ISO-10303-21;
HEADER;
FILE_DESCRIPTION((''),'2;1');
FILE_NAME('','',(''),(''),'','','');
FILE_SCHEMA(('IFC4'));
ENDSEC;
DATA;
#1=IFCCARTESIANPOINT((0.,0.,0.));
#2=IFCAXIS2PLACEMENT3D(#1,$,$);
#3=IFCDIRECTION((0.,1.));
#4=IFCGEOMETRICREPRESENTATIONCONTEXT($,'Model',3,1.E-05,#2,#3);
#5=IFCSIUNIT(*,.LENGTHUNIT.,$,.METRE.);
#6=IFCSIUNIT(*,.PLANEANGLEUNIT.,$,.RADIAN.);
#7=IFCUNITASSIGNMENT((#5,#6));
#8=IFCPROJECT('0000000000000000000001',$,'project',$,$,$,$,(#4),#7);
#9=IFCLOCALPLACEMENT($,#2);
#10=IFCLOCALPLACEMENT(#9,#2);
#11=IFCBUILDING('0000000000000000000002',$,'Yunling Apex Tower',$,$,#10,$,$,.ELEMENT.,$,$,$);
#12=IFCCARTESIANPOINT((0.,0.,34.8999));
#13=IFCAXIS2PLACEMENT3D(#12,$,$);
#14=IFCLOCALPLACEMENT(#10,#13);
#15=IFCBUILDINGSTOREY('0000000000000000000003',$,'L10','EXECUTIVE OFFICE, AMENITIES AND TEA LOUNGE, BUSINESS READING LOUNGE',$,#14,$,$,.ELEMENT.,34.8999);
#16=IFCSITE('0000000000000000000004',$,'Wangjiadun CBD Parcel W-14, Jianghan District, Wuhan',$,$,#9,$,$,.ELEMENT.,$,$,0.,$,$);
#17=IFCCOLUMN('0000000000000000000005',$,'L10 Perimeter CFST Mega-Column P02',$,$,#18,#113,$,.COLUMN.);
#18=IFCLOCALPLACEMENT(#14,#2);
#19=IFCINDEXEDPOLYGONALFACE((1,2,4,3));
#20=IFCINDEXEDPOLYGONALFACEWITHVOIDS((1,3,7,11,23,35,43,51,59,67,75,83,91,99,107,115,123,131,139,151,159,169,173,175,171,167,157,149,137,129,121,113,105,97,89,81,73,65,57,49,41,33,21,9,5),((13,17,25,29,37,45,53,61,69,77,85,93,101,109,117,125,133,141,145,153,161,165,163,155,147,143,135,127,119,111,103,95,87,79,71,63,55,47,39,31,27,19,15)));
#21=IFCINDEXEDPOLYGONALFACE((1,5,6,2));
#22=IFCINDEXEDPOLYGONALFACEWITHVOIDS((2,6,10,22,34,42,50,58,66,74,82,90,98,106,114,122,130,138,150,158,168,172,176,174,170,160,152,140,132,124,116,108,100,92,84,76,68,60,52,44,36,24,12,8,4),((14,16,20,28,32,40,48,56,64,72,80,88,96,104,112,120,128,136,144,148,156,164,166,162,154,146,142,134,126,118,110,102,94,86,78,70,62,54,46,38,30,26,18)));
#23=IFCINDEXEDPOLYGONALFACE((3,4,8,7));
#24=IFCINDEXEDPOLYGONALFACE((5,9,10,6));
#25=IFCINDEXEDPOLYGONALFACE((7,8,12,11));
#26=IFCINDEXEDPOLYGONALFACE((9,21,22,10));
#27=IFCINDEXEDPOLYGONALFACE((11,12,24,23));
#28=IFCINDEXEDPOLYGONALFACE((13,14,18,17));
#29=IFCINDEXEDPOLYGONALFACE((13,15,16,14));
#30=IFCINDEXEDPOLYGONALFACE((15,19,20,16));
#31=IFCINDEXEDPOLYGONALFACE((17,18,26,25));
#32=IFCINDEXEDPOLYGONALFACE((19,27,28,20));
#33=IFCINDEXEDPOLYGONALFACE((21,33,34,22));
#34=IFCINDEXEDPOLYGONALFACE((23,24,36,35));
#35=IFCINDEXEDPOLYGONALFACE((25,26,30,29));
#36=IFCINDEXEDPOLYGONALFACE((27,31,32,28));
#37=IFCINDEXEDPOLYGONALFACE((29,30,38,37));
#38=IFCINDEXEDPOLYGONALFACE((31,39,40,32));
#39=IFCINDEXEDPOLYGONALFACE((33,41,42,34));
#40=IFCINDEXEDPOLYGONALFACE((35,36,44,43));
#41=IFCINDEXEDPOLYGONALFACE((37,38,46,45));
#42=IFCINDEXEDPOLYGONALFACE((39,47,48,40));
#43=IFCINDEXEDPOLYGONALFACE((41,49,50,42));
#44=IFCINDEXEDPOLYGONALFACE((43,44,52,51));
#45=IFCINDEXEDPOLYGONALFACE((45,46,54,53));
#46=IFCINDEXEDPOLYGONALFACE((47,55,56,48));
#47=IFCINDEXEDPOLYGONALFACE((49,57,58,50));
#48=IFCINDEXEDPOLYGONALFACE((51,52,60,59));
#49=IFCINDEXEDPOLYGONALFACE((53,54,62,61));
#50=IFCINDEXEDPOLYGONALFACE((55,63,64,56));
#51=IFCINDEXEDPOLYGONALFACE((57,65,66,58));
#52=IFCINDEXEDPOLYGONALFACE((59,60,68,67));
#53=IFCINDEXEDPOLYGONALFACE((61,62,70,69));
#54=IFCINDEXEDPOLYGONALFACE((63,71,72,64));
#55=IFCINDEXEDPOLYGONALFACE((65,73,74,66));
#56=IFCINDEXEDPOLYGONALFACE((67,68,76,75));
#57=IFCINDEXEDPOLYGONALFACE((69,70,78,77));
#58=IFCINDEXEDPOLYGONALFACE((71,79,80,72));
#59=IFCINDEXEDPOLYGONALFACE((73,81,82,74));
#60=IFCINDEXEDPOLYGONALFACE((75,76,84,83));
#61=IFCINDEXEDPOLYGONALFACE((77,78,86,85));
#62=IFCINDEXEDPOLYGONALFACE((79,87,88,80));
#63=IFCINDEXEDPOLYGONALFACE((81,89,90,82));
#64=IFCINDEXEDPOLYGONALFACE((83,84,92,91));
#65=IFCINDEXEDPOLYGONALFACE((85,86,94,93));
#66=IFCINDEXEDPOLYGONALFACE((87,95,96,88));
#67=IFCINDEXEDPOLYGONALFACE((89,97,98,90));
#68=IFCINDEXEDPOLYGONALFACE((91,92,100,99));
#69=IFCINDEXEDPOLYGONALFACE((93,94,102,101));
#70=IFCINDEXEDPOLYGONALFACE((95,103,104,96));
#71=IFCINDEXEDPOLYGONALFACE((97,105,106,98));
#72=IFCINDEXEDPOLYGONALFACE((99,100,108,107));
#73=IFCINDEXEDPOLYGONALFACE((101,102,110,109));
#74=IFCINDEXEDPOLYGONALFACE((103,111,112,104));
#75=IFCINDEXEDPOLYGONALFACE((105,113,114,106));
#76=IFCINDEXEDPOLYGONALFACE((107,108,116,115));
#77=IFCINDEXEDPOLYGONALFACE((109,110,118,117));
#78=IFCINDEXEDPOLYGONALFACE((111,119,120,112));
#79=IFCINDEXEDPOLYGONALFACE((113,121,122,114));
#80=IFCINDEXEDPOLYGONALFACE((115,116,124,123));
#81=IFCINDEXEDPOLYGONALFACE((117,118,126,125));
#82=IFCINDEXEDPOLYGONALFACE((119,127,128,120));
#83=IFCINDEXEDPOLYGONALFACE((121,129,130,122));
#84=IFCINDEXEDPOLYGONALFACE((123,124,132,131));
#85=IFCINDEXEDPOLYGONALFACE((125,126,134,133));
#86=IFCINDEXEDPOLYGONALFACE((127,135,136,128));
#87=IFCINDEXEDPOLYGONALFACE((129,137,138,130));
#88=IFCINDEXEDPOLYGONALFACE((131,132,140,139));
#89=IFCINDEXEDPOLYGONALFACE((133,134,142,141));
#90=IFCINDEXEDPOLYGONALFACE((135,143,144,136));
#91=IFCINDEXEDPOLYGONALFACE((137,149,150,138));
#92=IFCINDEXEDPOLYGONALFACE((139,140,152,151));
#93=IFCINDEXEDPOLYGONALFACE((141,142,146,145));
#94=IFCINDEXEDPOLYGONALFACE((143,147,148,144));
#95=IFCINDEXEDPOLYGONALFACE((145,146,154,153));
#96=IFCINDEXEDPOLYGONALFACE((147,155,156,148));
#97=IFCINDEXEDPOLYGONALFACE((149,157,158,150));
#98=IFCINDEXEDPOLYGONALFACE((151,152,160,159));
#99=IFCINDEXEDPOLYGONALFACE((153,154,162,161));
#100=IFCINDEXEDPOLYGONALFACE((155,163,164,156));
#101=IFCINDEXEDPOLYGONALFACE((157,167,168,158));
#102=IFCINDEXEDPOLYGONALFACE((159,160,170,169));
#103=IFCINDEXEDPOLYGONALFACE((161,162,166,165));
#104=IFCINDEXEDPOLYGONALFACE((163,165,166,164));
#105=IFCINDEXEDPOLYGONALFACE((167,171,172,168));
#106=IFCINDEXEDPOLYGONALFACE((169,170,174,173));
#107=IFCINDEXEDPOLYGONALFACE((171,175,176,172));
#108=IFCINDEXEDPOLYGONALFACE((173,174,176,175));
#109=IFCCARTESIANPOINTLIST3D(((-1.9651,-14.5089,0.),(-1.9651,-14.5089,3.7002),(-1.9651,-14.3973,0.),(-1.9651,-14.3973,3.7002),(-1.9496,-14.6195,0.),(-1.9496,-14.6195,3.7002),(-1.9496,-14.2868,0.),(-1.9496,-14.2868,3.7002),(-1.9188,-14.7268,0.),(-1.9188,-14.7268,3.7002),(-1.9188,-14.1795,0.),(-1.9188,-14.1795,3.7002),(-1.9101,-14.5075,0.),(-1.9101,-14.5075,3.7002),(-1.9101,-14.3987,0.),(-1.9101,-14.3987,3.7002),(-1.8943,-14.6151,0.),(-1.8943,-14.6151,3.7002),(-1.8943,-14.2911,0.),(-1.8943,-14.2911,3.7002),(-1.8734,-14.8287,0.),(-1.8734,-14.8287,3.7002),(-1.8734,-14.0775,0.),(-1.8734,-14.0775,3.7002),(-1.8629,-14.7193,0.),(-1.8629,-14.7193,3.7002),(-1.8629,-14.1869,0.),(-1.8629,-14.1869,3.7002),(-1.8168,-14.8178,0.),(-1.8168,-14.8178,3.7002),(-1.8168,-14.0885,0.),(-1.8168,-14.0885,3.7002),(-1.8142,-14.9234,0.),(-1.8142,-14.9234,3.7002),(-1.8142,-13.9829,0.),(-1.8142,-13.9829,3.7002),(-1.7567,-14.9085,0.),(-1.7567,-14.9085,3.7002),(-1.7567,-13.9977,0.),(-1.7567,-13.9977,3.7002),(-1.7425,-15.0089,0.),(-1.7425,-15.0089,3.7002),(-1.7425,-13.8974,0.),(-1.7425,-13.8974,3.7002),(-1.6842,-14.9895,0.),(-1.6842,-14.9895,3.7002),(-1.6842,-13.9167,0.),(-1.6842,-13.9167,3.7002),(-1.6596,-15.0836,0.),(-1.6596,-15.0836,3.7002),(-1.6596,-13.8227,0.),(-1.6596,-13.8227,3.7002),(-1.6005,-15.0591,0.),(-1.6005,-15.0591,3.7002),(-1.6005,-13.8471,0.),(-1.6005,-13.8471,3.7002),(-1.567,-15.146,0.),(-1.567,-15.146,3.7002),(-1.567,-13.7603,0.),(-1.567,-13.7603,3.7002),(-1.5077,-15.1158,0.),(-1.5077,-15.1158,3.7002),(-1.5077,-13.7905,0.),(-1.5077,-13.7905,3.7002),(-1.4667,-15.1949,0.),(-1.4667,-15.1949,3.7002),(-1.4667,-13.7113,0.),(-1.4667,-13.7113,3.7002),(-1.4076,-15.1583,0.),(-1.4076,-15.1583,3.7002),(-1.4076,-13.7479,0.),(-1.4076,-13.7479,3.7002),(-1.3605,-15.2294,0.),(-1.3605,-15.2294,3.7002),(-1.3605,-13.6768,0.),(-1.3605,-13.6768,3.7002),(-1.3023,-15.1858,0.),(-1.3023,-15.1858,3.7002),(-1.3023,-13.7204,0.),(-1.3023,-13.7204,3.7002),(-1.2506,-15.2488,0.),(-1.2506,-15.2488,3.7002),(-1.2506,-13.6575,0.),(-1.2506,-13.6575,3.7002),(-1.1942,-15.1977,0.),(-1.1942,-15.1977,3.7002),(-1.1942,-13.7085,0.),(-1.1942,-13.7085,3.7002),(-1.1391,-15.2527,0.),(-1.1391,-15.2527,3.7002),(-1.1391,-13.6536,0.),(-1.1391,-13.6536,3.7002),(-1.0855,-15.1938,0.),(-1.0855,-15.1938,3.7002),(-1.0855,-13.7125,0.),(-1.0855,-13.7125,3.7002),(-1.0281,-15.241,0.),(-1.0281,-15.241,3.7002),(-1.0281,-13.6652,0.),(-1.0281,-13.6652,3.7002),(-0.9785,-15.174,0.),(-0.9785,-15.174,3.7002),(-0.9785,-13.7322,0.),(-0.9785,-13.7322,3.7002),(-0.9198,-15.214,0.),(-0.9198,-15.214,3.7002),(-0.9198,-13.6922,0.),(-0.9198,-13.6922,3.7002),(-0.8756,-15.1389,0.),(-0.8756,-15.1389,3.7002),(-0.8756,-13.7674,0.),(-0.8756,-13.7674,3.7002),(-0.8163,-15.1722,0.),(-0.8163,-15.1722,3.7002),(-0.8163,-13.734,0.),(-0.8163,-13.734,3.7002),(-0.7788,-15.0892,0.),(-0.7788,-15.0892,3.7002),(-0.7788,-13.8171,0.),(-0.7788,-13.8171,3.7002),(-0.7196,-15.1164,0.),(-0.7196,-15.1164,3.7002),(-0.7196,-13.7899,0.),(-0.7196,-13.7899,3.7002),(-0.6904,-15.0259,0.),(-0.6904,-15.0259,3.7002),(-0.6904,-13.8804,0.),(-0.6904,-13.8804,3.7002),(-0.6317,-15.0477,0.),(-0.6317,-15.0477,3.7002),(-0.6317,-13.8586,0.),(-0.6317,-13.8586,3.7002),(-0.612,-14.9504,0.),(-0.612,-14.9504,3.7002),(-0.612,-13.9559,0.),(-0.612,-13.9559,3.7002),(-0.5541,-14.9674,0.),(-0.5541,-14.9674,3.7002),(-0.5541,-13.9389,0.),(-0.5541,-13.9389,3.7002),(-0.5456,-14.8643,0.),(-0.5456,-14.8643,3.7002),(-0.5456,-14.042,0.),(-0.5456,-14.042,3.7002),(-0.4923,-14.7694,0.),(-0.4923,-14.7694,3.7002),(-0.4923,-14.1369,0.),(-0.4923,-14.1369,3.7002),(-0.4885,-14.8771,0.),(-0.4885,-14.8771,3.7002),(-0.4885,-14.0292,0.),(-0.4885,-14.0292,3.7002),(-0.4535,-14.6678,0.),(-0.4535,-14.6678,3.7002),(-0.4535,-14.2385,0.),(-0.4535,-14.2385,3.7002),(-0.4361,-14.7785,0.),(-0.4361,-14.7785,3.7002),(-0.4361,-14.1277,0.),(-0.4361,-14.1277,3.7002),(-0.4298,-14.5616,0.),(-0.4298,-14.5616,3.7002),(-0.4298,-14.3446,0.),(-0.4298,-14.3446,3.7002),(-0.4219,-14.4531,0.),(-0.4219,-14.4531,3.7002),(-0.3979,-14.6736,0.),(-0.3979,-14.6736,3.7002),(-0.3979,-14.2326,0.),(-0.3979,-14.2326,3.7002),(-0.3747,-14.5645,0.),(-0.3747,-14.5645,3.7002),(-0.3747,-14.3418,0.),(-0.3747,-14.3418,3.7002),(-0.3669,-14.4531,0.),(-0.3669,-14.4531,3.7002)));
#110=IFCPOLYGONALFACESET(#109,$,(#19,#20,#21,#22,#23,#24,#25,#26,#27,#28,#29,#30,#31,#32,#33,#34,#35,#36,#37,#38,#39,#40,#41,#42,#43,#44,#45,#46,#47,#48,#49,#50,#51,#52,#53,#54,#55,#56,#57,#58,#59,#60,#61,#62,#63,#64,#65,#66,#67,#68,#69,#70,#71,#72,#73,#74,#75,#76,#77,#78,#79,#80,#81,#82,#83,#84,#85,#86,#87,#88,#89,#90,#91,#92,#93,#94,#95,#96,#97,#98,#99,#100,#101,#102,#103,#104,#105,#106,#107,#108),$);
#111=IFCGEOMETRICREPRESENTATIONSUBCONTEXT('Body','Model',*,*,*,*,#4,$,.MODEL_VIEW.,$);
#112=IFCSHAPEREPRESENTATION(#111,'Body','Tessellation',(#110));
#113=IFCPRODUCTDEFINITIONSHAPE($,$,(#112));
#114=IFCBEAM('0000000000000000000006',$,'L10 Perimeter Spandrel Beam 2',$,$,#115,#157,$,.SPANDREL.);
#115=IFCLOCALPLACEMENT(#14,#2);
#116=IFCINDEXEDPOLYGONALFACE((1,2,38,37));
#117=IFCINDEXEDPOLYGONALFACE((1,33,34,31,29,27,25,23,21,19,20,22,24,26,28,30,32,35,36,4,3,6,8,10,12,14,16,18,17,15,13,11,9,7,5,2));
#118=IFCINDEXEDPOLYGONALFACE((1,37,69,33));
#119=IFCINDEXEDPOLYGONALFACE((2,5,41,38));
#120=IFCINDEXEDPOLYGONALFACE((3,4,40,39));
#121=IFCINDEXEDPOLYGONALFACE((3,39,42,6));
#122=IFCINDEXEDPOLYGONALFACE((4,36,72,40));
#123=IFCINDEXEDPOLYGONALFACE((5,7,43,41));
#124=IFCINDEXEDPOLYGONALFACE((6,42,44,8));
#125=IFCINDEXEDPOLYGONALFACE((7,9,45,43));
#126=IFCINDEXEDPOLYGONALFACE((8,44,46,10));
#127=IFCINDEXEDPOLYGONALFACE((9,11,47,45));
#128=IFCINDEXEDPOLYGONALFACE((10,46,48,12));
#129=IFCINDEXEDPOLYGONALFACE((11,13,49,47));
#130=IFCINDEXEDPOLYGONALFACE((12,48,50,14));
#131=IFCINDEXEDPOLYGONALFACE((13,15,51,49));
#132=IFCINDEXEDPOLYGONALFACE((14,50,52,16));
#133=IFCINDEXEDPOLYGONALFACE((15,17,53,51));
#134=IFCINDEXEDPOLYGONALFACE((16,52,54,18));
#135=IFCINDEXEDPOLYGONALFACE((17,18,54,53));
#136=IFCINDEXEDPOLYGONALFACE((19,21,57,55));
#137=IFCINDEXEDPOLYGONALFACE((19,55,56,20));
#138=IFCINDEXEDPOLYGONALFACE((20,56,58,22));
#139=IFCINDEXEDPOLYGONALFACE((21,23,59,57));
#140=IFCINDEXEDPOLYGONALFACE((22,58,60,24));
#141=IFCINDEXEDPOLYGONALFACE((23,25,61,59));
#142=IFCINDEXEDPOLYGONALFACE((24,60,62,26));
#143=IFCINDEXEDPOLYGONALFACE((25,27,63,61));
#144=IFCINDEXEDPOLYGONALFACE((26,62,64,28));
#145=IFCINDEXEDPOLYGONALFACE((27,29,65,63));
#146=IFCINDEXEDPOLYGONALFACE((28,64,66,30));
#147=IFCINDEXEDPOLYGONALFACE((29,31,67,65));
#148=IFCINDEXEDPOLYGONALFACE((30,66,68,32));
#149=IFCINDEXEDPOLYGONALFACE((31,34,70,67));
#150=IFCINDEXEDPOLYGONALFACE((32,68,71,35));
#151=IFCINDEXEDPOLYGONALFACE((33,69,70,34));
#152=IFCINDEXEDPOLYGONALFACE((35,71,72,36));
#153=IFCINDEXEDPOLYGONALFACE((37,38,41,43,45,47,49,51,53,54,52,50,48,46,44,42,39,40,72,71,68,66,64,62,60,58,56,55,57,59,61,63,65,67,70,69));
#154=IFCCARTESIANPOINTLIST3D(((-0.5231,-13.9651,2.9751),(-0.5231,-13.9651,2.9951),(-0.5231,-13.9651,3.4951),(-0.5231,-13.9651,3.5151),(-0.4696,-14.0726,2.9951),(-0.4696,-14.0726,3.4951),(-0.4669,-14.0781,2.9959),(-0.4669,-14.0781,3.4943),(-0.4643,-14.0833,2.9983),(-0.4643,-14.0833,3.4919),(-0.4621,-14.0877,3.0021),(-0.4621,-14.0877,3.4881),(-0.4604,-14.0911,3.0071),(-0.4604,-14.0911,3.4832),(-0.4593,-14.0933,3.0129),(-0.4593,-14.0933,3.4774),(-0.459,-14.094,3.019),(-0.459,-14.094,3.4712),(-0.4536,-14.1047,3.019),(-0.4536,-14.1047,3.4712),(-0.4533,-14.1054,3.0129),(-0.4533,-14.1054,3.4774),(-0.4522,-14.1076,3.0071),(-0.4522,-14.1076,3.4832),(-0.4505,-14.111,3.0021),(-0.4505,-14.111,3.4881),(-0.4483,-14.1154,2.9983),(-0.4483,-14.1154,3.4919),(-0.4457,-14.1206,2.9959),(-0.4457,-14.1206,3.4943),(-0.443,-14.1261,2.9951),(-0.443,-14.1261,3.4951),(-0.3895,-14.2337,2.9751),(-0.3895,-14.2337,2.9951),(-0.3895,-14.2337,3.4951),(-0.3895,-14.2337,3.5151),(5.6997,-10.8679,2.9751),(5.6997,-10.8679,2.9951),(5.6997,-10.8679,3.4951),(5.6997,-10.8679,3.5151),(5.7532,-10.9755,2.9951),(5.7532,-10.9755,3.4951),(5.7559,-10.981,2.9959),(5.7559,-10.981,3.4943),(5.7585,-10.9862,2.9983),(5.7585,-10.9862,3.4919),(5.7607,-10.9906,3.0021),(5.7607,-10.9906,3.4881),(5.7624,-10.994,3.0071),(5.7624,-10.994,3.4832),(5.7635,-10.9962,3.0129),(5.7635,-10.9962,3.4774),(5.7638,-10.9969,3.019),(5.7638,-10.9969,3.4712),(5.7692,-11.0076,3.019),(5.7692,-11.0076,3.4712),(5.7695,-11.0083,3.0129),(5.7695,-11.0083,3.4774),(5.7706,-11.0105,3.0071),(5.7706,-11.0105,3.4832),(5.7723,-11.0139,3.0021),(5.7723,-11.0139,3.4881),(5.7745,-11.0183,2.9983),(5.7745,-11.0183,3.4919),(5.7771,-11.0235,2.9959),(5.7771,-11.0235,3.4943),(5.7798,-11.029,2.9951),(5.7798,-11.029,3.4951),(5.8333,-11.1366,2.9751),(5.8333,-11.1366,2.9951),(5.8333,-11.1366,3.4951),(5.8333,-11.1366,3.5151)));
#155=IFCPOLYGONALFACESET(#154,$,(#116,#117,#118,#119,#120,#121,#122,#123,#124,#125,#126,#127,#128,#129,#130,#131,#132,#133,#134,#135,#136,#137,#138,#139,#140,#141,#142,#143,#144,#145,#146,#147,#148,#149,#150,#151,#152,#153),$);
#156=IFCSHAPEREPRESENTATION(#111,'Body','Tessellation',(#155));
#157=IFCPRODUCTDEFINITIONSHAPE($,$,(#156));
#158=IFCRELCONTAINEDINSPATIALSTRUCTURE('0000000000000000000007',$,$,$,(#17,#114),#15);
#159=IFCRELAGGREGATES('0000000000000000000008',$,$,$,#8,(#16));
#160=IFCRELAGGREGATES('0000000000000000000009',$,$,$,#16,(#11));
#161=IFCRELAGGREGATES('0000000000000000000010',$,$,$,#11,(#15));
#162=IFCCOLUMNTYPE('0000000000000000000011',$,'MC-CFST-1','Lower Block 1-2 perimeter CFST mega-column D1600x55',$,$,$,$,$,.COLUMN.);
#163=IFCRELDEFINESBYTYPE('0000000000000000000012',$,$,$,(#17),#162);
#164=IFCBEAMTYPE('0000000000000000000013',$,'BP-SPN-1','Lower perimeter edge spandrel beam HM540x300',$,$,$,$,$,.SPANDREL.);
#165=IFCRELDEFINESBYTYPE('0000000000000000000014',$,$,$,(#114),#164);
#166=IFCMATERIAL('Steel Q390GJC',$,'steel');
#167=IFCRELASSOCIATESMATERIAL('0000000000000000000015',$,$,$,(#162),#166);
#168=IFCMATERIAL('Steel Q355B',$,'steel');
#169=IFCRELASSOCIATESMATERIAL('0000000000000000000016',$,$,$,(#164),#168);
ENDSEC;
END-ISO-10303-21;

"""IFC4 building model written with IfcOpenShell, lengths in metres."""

from ifc_helpers import new_model, si_unit, direction, frame, origin, origin_2d, place, context, subcontext, project, spatial, hollow_circle, i_section, extrude, source, transform, mapped, material, material_profile, profile_set, type_object, element, save


model = new_model("IFC4")

# Units and contexts
model_context = context("Model", 3, precision=1e-05, world=origin(), true_north=direction((0.0, 1.0)))
body_context = subcontext(model_context, "Body", "Model", "MODEL_VIEW")
ifc_project = project(units=[si_unit("LENGTHUNIT", "METRE"), si_unit("PLANEANGLEUNIT", "RADIAN")], contexts=[model_context])

# Site, building, storey
site_placement = place(None, origin())
site = spatial("IfcSite", under=ifc_project, at=site_placement, Name="Wangjiadun CBD Parcel W-14, Jianghan District, Wuhan", CompositionType="ELEMENT", RefElevation=0.0)
building_placement = place(site_placement, origin())
building = spatial("IfcBuilding", under=site, at=building_placement, Name="Yunling Apex Tower", CompositionType="ELEMENT")
storey_placement = place(building_placement, frame((0.0, 0.0, 34.8999)))
storey = spatial("IfcBuildingStorey", under=building, at=storey_placement, Name="L10", Description="EXECUTIVE OFFICE, AMENITIES AND TEA LOUNGE, BUSINESS READING LOUNGE", CompositionType="ELEMENT", Elevation=34.8999)

# Column
ifc_material_1 = material(Name="Steel Q390GJC", Category="steel")
ifc_material_profile_1 = material_profile(ifc_material_1, hollow_circle(Radius=0.8, WallThickness=0.0549, at=origin_2d()))
ifc_profile_set_1 = profile_set([ifc_material_profile_1], Name="Steel Q390GJC")
column_type = type_object("IfcColumnType", Name="MC-CFST-1", Description="Lower Block 1-2 perimeter CFST mega-column D1600x55", PredefinedType="COLUMN", material=ifc_profile_set_1)
shared_shape_1 = source(origin(), body_context, "Body", "SweptSolid", [
    extrude(hollow_circle(Radius=0.8, WallThickness=0.0549, at=origin_2d()), origin(), (0.0, 0.0, 1.0), 3.7002),
])
column_placement = place(storey_placement, frame((-1.167, -14.4531, 0.0), z_axis=(0.0, 0.0, 1.0), x_axis=(1.0, 0.0, 0.0)))
element("IfcColumn", 1, at=column_placement, inside=storey, type_object=column_type, Name="L10 Perimeter CFST Mega-Column P02", PredefinedType="COLUMN", context=body_context, shape_type="MappedRepresentation", body=[
    mapped(shared_shape_1, transform((0.0, 0.0, 0.0), scale=1.0)),
])

# Beam
ifc_material_2 = material(Name="Steel Q355B", Category="steel")
ifc_material_profile_2 = material_profile(ifc_material_2, i_section(OverallWidth=0.3, OverallDepth=0.54, WebThickness=0.012, FlangeThickness=0.02, FilletRadius=0.0239, at=origin_2d()))
ifc_profile_set_2 = profile_set([ifc_material_profile_2], Name="Steel Q355B")
beam_type_1 = type_object("IfcBeamType", Name="BP-SPN-1", Description="Lower perimeter edge spandrel beam HM540x300", PredefinedType="SPANDREL", material=ifc_profile_set_2)
shared_shape_2 = source(origin(), body_context, "Body", "SweptSolid", [
    extrude(i_section(OverallWidth=0.3, OverallDepth=0.54, WebThickness=0.012, FlangeThickness=0.02, FilletRadius=0.0239, at=origin_2d()), origin(), (0.0, 0.0, 1.0), 6.9509),
])
beam_1_placement = place(storey_placement, frame((-0.4563, -14.0994, 3.2451), z_axis=(0.895248, 0.445569, 0.0), x_axis=(-0.445569, 0.895248, 0.0)))
element("IfcBeam", 2, at=beam_1_placement, inside=storey, type_object=beam_type_1, Name="L10 Perimeter Spandrel Beam 2", PredefinedType="SPANDREL", context=body_context, shape_type="MappedRepresentation", body=[
    mapped(shared_shape_2, transform((0.0, 0.0, 0.0), scale=1.0)),
])

save(model, "model.ifc")
